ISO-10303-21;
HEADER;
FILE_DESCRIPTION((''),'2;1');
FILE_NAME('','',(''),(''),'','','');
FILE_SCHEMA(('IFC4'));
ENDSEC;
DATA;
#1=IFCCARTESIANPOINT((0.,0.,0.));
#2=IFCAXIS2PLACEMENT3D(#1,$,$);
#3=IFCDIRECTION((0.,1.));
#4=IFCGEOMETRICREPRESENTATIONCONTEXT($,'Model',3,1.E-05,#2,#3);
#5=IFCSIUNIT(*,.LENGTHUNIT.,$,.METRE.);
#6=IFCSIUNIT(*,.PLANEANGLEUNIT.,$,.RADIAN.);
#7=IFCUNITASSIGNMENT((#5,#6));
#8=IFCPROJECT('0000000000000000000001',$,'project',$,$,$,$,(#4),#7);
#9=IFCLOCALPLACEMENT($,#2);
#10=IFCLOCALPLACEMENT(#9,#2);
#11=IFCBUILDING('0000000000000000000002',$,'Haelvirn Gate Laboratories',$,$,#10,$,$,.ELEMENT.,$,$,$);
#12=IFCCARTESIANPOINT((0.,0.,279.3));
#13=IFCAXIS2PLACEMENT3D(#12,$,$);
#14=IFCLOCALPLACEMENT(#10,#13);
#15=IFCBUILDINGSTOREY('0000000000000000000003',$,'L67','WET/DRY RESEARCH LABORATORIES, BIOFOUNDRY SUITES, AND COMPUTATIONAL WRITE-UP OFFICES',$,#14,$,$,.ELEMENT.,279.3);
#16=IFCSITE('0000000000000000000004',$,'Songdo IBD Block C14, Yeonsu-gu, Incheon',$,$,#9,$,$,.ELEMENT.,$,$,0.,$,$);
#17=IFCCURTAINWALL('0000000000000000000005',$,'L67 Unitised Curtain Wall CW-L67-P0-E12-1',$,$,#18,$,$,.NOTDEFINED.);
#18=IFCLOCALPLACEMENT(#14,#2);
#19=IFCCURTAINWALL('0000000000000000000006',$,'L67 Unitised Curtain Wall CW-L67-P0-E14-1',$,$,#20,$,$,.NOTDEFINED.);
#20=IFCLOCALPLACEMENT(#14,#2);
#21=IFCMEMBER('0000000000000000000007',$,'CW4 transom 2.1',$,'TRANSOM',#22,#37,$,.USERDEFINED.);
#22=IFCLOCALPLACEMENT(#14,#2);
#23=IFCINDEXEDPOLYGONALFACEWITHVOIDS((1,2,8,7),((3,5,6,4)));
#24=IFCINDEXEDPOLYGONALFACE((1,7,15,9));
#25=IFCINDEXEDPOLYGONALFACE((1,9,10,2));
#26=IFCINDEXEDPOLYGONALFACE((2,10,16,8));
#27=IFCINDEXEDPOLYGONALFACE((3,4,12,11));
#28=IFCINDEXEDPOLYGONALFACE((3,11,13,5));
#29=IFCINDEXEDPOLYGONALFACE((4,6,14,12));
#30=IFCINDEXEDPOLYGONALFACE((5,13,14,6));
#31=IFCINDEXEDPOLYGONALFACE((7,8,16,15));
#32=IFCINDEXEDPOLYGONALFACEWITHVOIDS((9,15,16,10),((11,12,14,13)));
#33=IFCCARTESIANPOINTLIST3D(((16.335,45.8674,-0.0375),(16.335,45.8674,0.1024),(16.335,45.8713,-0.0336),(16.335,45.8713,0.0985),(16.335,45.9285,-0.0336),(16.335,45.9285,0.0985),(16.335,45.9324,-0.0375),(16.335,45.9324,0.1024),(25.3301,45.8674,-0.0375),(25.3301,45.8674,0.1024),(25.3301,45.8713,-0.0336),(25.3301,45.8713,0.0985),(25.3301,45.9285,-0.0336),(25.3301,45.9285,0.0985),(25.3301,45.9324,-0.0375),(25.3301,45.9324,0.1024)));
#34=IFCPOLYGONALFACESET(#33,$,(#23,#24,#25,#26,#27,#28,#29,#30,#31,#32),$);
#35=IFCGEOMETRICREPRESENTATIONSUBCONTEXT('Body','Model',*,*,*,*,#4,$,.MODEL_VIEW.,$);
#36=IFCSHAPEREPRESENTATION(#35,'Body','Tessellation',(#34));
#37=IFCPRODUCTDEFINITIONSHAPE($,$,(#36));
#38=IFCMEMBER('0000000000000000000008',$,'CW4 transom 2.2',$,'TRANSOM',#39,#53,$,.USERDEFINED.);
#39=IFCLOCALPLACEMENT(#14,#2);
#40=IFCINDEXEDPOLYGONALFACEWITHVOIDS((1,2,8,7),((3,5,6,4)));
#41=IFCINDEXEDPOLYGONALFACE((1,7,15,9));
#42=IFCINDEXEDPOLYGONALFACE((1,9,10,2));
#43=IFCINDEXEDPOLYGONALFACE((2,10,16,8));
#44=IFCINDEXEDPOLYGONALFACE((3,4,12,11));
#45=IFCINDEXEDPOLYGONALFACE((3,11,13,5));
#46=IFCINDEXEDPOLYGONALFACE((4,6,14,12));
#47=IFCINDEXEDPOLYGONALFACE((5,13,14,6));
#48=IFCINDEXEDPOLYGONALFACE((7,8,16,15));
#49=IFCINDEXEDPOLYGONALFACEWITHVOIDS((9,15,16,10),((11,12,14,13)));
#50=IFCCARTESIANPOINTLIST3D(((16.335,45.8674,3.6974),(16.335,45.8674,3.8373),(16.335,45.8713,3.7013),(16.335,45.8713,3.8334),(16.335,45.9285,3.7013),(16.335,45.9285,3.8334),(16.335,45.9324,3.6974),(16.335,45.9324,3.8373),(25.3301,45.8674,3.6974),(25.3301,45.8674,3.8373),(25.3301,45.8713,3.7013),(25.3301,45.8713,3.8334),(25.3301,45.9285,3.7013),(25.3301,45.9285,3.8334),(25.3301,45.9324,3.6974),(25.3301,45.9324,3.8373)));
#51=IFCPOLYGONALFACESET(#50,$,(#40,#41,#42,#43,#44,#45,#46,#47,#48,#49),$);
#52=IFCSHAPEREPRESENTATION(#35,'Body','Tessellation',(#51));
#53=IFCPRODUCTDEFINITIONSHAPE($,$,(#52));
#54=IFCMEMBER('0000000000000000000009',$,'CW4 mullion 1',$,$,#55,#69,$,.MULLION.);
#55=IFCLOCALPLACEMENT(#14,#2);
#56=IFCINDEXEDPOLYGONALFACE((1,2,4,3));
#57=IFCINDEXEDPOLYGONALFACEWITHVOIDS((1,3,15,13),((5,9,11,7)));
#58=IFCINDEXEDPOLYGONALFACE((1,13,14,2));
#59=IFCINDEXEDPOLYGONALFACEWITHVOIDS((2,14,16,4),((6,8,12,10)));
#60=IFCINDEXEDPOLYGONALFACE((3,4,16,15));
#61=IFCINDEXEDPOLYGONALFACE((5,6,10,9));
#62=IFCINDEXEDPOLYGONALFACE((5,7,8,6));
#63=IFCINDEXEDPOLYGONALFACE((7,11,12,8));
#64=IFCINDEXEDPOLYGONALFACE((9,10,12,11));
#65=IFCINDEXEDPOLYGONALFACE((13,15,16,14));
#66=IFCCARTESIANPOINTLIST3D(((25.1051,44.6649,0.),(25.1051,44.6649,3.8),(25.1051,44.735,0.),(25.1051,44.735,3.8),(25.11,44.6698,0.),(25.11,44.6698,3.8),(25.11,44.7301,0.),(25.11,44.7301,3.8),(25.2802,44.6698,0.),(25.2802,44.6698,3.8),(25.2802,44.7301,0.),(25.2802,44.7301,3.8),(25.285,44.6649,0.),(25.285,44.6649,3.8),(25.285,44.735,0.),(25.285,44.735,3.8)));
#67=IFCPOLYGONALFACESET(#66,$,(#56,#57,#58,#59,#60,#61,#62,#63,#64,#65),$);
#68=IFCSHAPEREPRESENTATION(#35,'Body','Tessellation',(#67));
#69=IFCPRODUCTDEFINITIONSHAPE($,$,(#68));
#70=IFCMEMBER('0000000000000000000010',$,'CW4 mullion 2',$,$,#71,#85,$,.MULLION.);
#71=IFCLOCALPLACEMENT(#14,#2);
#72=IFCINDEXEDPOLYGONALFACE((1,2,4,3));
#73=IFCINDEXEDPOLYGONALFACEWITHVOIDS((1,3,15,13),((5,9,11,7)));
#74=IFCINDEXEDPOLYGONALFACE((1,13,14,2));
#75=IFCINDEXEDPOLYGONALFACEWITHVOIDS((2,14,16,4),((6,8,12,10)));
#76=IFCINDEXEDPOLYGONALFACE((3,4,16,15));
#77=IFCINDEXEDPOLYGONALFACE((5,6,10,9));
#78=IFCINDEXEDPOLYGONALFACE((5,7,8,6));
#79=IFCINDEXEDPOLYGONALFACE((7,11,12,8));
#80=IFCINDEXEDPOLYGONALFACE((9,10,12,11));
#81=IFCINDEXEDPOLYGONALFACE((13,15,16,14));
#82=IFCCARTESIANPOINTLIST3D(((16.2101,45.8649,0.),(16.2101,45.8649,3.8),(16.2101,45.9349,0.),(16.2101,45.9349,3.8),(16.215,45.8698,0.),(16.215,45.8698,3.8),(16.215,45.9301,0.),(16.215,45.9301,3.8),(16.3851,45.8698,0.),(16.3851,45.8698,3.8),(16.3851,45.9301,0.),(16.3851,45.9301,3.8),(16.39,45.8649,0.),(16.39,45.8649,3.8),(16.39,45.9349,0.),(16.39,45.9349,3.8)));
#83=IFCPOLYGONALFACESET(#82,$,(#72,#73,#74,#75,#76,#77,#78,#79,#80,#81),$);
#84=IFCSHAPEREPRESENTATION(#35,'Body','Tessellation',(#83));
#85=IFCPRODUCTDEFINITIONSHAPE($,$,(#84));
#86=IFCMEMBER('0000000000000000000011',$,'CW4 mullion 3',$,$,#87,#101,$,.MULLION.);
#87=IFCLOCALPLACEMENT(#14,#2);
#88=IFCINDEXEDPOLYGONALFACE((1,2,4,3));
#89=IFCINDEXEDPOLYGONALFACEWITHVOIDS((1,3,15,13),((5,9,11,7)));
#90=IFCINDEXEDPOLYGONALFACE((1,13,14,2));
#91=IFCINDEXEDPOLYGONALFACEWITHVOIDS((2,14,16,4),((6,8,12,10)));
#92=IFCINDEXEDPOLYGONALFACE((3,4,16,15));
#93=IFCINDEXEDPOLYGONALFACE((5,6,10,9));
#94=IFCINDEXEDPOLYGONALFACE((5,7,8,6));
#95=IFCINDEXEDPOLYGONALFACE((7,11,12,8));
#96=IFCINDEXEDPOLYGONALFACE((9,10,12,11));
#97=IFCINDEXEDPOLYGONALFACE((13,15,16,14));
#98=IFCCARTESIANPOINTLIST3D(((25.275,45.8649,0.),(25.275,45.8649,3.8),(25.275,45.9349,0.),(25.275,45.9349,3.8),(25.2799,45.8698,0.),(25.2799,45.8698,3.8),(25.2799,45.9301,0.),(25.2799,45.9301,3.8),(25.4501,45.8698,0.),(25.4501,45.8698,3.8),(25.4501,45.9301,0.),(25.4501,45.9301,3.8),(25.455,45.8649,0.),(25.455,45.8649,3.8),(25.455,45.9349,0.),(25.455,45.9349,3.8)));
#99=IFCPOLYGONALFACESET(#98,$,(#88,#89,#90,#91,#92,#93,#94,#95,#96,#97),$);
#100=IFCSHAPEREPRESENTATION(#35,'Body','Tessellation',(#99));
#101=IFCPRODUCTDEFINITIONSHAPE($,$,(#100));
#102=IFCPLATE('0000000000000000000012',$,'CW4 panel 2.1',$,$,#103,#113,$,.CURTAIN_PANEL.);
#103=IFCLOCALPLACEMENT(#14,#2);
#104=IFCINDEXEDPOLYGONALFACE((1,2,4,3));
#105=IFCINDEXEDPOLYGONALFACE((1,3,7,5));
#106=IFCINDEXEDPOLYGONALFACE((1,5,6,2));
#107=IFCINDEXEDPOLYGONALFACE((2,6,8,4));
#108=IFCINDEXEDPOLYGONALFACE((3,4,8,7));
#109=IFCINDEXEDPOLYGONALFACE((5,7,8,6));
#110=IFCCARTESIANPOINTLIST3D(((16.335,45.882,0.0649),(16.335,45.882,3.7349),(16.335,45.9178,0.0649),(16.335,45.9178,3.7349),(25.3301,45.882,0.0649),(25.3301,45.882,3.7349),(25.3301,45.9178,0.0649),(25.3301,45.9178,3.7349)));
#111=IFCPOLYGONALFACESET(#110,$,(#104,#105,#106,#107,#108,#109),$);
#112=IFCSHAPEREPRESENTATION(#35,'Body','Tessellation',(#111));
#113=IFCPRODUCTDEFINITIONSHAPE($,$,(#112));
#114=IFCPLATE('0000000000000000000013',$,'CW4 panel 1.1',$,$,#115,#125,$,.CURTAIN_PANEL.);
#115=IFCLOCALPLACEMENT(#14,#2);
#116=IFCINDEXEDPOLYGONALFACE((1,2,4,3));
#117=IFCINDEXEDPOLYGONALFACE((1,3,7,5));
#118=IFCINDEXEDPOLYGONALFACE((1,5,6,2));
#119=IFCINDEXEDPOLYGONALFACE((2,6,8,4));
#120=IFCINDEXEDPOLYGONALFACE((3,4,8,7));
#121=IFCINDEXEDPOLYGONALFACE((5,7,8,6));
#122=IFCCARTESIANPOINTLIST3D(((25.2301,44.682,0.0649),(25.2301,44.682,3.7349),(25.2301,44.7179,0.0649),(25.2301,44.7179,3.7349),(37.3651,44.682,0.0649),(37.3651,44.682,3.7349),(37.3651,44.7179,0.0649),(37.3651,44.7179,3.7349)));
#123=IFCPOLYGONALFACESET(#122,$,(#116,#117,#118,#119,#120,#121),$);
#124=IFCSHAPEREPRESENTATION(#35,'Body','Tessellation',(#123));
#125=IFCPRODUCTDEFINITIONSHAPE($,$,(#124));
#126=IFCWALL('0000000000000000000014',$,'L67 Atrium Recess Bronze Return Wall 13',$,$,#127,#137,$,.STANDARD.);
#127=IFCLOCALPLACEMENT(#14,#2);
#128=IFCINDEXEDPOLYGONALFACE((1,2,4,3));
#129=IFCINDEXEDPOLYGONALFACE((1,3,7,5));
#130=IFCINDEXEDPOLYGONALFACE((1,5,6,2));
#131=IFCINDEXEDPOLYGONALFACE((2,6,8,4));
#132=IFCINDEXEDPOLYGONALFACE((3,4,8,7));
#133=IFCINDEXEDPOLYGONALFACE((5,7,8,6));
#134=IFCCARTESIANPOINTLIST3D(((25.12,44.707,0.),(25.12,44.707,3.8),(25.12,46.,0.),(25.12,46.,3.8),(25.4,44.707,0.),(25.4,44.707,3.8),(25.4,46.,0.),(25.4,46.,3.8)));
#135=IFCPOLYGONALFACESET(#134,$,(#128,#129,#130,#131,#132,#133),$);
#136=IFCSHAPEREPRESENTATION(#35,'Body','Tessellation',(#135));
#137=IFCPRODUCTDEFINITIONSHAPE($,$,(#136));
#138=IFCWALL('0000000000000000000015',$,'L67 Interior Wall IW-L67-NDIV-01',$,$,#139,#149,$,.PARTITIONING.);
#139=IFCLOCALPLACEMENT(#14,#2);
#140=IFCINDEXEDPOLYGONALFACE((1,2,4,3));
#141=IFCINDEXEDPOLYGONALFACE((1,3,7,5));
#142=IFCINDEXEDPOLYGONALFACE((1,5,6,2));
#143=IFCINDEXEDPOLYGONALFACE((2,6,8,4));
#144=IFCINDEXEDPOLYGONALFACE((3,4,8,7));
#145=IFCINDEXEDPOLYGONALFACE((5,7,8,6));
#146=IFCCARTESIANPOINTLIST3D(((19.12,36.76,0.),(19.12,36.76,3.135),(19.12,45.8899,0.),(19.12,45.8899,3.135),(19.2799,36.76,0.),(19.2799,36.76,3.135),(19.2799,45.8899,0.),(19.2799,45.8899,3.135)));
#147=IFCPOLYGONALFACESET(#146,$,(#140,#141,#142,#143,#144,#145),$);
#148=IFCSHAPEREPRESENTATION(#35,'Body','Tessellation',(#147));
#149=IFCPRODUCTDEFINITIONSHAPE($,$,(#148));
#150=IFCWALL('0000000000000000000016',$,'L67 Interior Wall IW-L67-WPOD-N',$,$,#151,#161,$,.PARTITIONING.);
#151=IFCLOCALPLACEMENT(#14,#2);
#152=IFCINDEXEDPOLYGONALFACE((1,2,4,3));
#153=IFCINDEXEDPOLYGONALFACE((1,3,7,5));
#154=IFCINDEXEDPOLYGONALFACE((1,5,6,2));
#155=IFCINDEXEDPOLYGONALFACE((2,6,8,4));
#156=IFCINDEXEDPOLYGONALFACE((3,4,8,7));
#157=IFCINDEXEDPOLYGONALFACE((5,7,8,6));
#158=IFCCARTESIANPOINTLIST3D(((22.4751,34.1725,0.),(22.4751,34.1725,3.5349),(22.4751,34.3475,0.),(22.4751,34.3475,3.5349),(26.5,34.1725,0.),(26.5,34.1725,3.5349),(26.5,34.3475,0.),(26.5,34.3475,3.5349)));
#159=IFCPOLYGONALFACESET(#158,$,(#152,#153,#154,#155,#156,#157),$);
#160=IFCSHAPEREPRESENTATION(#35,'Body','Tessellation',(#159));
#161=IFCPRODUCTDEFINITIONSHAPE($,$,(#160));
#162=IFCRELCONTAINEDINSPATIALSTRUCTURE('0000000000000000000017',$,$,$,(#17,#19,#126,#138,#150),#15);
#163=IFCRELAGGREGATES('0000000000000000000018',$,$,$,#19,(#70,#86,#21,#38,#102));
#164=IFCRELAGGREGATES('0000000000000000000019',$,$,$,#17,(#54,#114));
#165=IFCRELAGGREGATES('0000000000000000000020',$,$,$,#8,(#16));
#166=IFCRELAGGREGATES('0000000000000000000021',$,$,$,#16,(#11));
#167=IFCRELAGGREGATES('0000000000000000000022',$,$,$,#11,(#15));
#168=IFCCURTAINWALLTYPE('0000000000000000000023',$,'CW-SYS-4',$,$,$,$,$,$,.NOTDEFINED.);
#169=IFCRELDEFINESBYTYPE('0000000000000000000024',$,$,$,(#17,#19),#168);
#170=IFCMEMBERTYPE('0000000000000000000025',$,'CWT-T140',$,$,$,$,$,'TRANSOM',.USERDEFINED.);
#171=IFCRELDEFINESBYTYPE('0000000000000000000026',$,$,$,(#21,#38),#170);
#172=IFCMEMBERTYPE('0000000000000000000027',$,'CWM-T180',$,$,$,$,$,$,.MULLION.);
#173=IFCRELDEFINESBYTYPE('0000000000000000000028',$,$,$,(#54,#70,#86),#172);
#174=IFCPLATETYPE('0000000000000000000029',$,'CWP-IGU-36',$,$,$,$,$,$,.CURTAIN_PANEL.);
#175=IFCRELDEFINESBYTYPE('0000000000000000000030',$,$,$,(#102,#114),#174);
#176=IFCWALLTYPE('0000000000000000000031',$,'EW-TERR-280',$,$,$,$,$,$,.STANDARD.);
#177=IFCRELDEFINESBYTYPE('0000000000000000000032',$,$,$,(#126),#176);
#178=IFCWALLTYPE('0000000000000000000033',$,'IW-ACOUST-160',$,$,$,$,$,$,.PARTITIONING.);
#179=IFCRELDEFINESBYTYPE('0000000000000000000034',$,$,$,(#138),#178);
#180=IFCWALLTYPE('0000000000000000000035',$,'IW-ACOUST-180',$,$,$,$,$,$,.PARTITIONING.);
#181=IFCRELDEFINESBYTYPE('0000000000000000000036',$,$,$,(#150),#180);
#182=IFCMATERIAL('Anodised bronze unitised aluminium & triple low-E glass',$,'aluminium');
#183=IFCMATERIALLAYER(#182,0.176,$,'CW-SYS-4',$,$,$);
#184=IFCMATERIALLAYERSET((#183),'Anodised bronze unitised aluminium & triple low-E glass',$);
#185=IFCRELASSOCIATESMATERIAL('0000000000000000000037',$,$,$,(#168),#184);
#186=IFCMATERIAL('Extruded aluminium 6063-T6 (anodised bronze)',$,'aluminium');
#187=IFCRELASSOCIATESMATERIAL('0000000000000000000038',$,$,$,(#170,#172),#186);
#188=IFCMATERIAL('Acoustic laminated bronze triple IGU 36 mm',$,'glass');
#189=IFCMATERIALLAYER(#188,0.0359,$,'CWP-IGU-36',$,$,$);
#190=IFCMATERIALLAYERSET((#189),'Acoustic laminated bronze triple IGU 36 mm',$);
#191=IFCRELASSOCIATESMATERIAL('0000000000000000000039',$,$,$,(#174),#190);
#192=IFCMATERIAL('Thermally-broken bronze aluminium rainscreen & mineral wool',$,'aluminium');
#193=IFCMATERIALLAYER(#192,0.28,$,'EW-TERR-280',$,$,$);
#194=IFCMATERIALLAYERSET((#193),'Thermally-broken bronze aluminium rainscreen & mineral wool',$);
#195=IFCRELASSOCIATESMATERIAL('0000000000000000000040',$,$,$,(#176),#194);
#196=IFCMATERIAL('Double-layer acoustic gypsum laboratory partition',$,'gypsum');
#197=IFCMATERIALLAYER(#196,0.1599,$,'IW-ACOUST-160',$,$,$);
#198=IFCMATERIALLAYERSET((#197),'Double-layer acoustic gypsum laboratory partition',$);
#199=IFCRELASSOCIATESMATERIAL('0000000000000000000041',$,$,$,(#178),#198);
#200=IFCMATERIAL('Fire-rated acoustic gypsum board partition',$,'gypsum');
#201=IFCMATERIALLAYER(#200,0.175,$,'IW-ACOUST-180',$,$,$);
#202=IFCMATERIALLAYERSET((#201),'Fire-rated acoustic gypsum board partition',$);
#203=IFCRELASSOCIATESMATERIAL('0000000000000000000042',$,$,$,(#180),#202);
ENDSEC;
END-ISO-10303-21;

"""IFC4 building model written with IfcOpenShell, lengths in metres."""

from ifc_helpers import new_model, si_unit, direction, frame, frame_2d, origin, origin_2d, place, context, subcontext, project, spatial, rectangle, hollow_rectangle, extrude, source, transform, mapped, material, layer, layer_set, material_profile, profile_set, type_object, type_shapes, element, aggregate, save


model = new_model("IFC4")

# Units and contexts
model_context = context("Model", 3, precision=1e-05, world=origin(), true_north=direction((0.0, 1.0)))
body_context = subcontext(model_context, "Body", "Model", "MODEL_VIEW")
ifc_project = project(units=[si_unit("LENGTHUNIT", "METRE"), si_unit("PLANEANGLEUNIT", "RADIAN")], contexts=[model_context])

# Site, building, storey
site_placement = place(None, origin())
site = spatial("IfcSite", under=ifc_project, at=site_placement, Name="Songdo IBD Block C14, Yeonsu-gu, Incheon", CompositionType="ELEMENT", RefElevation=0.0)
building_placement = place(site_placement, origin())
building = spatial("IfcBuilding", under=site, at=building_placement, Name="Haelvirn Gate Laboratories", CompositionType="ELEMENT")
storey_placement = place(building_placement, frame((0.0, 0.0, 279.3)))
storey = spatial("IfcBuildingStorey", under=building, at=storey_placement, Name="L67", Description="WET/DRY RESEARCH LABORATORIES, BIOFOUNDRY SUITES, AND COMPUTATIONAL WRITE-UP OFFICES", CompositionType="ELEMENT", Elevation=279.3)

# Curtain walls, members
ifc_material_1 = material(Name="Anodised bronze unitised aluminium & triple low-E glass", Category="aluminium")
ifc_layer_1 = layer(ifc_material_1, 0.176, Name="CW-SYS-4")
ifc_layer_set_1 = layer_set([ifc_layer_1], Name="Anodised bronze unitised aluminium & triple low-E glass")
curtain_wall_type = type_object("IfcCurtainWallType", Name="CW-SYS-4", PredefinedType="NOTDEFINED", material=ifc_layer_set_1)
curtain_wall_1_placement = place(storey_placement, origin())
curtain_wall_1 = element("IfcCurtainWall", 1, at=curtain_wall_1_placement, inside=storey, type_object=curtain_wall_type, Name="L67 Unitised Curtain Wall CW-L67-P0-E12-1", PredefinedType="NOTDEFINED")
ifc_material_2 = material(Name="Extruded aluminium 6063-T6 (anodised bronze)", Category="aluminium")
ifc_material_profile_1 = material_profile(ifc_material_2, hollow_rectangle(XDim=0.0649, YDim=0.1399, WallThickness=0.0039, at=origin_2d()), Name="CWT-140x65x4")
ifc_profile_set_1 = profile_set([ifc_material_profile_1], Name="Extruded aluminium 6063-T6 (anodised bronze)")
member_type_1 = type_object("IfcMemberType", Name="CWT-T140", ElementType="TRANSOM", PredefinedType="USERDEFINED", material=ifc_profile_set_1)
curtain_wall_2_placement = place(storey_placement, origin())
curtain_wall_2 = element("IfcCurtainWall", 2, at=curtain_wall_2_placement, inside=storey, type_object=curtain_wall_type, Name="L67 Unitised Curtain Wall CW-L67-P0-E14-1", PredefinedType="NOTDEFINED")
shared_shape_1 = source(origin(), body_context, "Body", "SweptSolid", [
    extrude(hollow_rectangle(XDim=0.0649, YDim=0.1399, WallThickness=0.0039, at=origin_2d()), origin(), (0.0, 0.0, 1.0), 8.9951),
])
member_1_placement = place(storey_placement, frame((16.335, 45.8999, 0.0325), z_axis=(1.0, 0.0, 0.0), x_axis=(0.0, 1.0, 0.0)))
member_1 = element("IfcMember", 3, at=member_1_placement, type_object=member_type_1, Name="CW4 transom 2.1", ObjectType="TRANSOM", PredefinedType="USERDEFINED", context=body_context, shape_type="MappedRepresentation", body=[
    mapped(shared_shape_1, transform((0.0, 0.0, 0.0), scale=1.0)),
])
member_2_placement = place(storey_placement, frame((16.335, 45.8999, 3.7673), z_axis=(1.0, 0.0, 0.0), x_axis=(0.0, 1.0, 0.0)))
member_2 = element("IfcMember", 4, at=member_2_placement, type_object=member_type_1, Name="CW4 transom 2.2", ObjectType="TRANSOM", PredefinedType="USERDEFINED", context=body_context, shape_type="MappedRepresentation", body=[
    mapped(shared_shape_1, transform((0.0, 0.0, 0.0), scale=1.0)),
])

# Members
ifc_material_profile_2 = material_profile(ifc_material_2, hollow_rectangle(XDim=0.0701, YDim=0.1799, WallThickness=0.0049, at=origin_2d()), Name="CWM-180x70x5")
ifc_profile_set_2 = profile_set([ifc_material_profile_2], Name="Extruded aluminium 6063-T6 (anodised bronze)")
member_type_2 = type_object("IfcMemberType", Name="CWM-T180", PredefinedType="MULLION", material=ifc_profile_set_2)
shared_shape_2 = source(origin(), body_context, "Body", "SweptSolid", [
    extrude(hollow_rectangle(XDim=0.0701, YDim=0.1799, WallThickness=0.0049, at=origin_2d()), origin(), (0.0, 0.0, 1.0), 3.8),
])
type_shapes(member_type_2, [shared_shape_2])
member_3_placement = place(storey_placement, frame((25.1951, 44.7, 0.0), z_axis=(0.0, 0.0, 1.0), x_axis=(0.0, 1.0, 0.0)))
member_3 = element("IfcMember", 5, at=member_3_placement, type_object=member_type_2, Name="CW4 mullion 1", PredefinedType="MULLION", context=body_context, shape_type="MappedRepresentation", body=[
    mapped(shared_shape_2, transform((0.0, 0.0, 0.0), scale=1.0)),
])
member_4_placement = place(storey_placement, frame((16.3, 45.8999, 0.0), z_axis=(0.0, 0.0, 1.0), x_axis=(0.0, 1.0, 0.0)))
member_4 = element("IfcMember", 6, at=member_4_placement, type_object=member_type_2, Name="CW4 mullion 2", PredefinedType="MULLION", context=body_context, shape_type="MappedRepresentation", body=[
    mapped(shared_shape_2, transform((0.0, 0.0, 0.0), scale=1.0)),
])
member_5_placement = place(storey_placement, frame((25.365, 45.8999, 0.0), z_axis=(0.0, 0.0, 1.0), x_axis=(0.0, 1.0, 0.0)))
member_5 = element("IfcMember", 7, at=member_5_placement, type_object=member_type_2, Name="CW4 mullion 3", PredefinedType="MULLION", context=body_context, shape_type="MappedRepresentation", body=[
    mapped(shared_shape_2, transform((0.0, 0.0, 0.0), scale=1.0)),
])

# Plates
ifc_material_3 = material(Name="Acoustic laminated bronze triple IGU 36 mm", Category="glass")
ifc_layer_2 = layer(ifc_material_3, 0.0359, Name="CWP-IGU-36")
ifc_layer_set_2 = layer_set([ifc_layer_2], Name="Acoustic laminated bronze triple IGU 36 mm")
plate_type = type_object("IfcPlateType", Name="CWP-IGU-36", PredefinedType="CURTAIN_PANEL", material=ifc_layer_set_2)
shared_shape_3 = source(origin(), body_context, "Body", "SweptSolid", [
    extrude(rectangle(XDim=8.9951, YDim=0.0359, at=origin_2d()), origin(), (0.0, 0.0, 1.0), 3.6699),
])
plate_1_placement = place(storey_placement, frame((20.8325, 45.8999, 0.0649), z_axis=(0.0, 0.0, 1.0), x_axis=(1.0, 0.0, 0.0)))
plate_1 = element("IfcPlate", 8, at=plate_1_placement, type_object=plate_type, Name="CW4 panel 2.1", PredefinedType="CURTAIN_PANEL", context=body_context, shape_type="MappedRepresentation", body=[
    mapped(shared_shape_3, transform((0.0, 0.0, 0.0), scale=1.0)),
])
aggregate(curtain_wall_2, [member_4, member_5, member_1, member_2, plate_1])
shared_shape_4 = source(origin(), body_context, "Body", "SweptSolid", [
    extrude(rectangle(XDim=12.135, YDim=0.0359, at=origin_2d()), origin(), (0.0, 0.0, 1.0), 3.6699),
])
type_shapes(plate_type, [shared_shape_3, shared_shape_4])
plate_2_placement = place(storey_placement, frame((31.2976, 44.7, 0.0649), z_axis=(0.0, 0.0, 1.0), x_axis=(1.0, 0.0, 0.0)))
plate_2 = element("IfcPlate", 9, at=plate_2_placement, type_object=plate_type, Name="CW4 panel 1.1", PredefinedType="CURTAIN_PANEL", context=body_context, shape_type="MappedRepresentation", body=[
    mapped(shared_shape_4, transform((0.0, 0.0, 0.0), scale=1.0)),
])
aggregate(curtain_wall_1, [member_3, plate_2])

# Walls
ifc_material_4 = material(Name="Thermally-broken bronze aluminium rainscreen & mineral wool", Category="aluminium")
ifc_layer_3 = layer(ifc_material_4, 0.28, Name="EW-TERR-280")
ifc_layer_set_3 = layer_set([ifc_layer_3], Name="Thermally-broken bronze aluminium rainscreen & mineral wool")
wall_type_1 = type_object("IfcWallType", Name="EW-TERR-280", PredefinedType="STANDARD", material=ifc_layer_set_3)
wall_1_placement = place(storey_placement, frame((25.26, 44.707, 0.0), z_axis=(0.0, 0.0, 1.0), x_axis=(0.0, 1.0, 0.0)))
element("IfcWall", 10, at=wall_1_placement, inside=storey, type_object=wall_type_1, Name="L67 Atrium Recess Bronze Return Wall 13", PredefinedType="STANDARD", context=body_context, shape_type="SweptSolid", body=[
    extrude(rectangle(XDim=1.293, YDim=0.28, at=frame_2d((0.6465, 0.0))), origin(), (0.0, 0.0, 1.0), 3.8),
])
ifc_material_5 = material(Name="Double-layer acoustic gypsum laboratory partition", Category="gypsum")
ifc_layer_4 = layer(ifc_material_5, 0.1599, Name="IW-ACOUST-160")
ifc_layer_set_4 = layer_set([ifc_layer_4], Name="Double-layer acoustic gypsum laboratory partition")
wall_type_2 = type_object("IfcWallType", Name="IW-ACOUST-160", PredefinedType="PARTITIONING", material=ifc_layer_set_4)
wall_2_placement = place(storey_placement, frame((19.2, 36.76, 0.0), z_axis=(0.0, 0.0, 1.0), x_axis=(0.0, 1.0, 0.0)))
element("IfcWall", 11, at=wall_2_placement, inside=storey, type_object=wall_type_2, Name="L67 Interior Wall IW-L67-NDIV-01", PredefinedType="PARTITIONING", context=body_context, shape_type="SweptSolid", body=[
    extrude(rectangle(XDim=9.1299, YDim=0.1599, at=frame_2d((4.5649, 0.0))), origin(), (0.0, 0.0, 1.0), 3.135),
])
ifc_material_6 = material(Name="Fire-rated acoustic gypsum board partition", Category="gypsum")
ifc_layer_5 = layer(ifc_material_6, 0.175, Name="IW-ACOUST-180")
ifc_layer_set_5 = layer_set([ifc_layer_5], Name="Fire-rated acoustic gypsum board partition")
wall_type_3 = type_object("IfcWallType", Name="IW-ACOUST-180", PredefinedType="PARTITIONING", material=ifc_layer_set_5)
wall_3_placement = place(storey_placement, frame((22.4751, 34.26, 0.0), z_axis=(0.0, 0.0, 1.0), x_axis=(1.0, 0.0, 0.0)))
element("IfcWall", 12, at=wall_3_placement, inside=storey, type_object=wall_type_3, Name="L67 Interior Wall IW-L67-WPOD-N", PredefinedType="PARTITIONING", context=body_context, shape_type="SweptSolid", body=[
    extrude(rectangle(XDim=4.0249, YDim=0.175, at=frame_2d((2.0125, 0.0))), origin(), (0.0, 0.0, 1.0), 3.5349),
])

save(model, "model.ifc")
